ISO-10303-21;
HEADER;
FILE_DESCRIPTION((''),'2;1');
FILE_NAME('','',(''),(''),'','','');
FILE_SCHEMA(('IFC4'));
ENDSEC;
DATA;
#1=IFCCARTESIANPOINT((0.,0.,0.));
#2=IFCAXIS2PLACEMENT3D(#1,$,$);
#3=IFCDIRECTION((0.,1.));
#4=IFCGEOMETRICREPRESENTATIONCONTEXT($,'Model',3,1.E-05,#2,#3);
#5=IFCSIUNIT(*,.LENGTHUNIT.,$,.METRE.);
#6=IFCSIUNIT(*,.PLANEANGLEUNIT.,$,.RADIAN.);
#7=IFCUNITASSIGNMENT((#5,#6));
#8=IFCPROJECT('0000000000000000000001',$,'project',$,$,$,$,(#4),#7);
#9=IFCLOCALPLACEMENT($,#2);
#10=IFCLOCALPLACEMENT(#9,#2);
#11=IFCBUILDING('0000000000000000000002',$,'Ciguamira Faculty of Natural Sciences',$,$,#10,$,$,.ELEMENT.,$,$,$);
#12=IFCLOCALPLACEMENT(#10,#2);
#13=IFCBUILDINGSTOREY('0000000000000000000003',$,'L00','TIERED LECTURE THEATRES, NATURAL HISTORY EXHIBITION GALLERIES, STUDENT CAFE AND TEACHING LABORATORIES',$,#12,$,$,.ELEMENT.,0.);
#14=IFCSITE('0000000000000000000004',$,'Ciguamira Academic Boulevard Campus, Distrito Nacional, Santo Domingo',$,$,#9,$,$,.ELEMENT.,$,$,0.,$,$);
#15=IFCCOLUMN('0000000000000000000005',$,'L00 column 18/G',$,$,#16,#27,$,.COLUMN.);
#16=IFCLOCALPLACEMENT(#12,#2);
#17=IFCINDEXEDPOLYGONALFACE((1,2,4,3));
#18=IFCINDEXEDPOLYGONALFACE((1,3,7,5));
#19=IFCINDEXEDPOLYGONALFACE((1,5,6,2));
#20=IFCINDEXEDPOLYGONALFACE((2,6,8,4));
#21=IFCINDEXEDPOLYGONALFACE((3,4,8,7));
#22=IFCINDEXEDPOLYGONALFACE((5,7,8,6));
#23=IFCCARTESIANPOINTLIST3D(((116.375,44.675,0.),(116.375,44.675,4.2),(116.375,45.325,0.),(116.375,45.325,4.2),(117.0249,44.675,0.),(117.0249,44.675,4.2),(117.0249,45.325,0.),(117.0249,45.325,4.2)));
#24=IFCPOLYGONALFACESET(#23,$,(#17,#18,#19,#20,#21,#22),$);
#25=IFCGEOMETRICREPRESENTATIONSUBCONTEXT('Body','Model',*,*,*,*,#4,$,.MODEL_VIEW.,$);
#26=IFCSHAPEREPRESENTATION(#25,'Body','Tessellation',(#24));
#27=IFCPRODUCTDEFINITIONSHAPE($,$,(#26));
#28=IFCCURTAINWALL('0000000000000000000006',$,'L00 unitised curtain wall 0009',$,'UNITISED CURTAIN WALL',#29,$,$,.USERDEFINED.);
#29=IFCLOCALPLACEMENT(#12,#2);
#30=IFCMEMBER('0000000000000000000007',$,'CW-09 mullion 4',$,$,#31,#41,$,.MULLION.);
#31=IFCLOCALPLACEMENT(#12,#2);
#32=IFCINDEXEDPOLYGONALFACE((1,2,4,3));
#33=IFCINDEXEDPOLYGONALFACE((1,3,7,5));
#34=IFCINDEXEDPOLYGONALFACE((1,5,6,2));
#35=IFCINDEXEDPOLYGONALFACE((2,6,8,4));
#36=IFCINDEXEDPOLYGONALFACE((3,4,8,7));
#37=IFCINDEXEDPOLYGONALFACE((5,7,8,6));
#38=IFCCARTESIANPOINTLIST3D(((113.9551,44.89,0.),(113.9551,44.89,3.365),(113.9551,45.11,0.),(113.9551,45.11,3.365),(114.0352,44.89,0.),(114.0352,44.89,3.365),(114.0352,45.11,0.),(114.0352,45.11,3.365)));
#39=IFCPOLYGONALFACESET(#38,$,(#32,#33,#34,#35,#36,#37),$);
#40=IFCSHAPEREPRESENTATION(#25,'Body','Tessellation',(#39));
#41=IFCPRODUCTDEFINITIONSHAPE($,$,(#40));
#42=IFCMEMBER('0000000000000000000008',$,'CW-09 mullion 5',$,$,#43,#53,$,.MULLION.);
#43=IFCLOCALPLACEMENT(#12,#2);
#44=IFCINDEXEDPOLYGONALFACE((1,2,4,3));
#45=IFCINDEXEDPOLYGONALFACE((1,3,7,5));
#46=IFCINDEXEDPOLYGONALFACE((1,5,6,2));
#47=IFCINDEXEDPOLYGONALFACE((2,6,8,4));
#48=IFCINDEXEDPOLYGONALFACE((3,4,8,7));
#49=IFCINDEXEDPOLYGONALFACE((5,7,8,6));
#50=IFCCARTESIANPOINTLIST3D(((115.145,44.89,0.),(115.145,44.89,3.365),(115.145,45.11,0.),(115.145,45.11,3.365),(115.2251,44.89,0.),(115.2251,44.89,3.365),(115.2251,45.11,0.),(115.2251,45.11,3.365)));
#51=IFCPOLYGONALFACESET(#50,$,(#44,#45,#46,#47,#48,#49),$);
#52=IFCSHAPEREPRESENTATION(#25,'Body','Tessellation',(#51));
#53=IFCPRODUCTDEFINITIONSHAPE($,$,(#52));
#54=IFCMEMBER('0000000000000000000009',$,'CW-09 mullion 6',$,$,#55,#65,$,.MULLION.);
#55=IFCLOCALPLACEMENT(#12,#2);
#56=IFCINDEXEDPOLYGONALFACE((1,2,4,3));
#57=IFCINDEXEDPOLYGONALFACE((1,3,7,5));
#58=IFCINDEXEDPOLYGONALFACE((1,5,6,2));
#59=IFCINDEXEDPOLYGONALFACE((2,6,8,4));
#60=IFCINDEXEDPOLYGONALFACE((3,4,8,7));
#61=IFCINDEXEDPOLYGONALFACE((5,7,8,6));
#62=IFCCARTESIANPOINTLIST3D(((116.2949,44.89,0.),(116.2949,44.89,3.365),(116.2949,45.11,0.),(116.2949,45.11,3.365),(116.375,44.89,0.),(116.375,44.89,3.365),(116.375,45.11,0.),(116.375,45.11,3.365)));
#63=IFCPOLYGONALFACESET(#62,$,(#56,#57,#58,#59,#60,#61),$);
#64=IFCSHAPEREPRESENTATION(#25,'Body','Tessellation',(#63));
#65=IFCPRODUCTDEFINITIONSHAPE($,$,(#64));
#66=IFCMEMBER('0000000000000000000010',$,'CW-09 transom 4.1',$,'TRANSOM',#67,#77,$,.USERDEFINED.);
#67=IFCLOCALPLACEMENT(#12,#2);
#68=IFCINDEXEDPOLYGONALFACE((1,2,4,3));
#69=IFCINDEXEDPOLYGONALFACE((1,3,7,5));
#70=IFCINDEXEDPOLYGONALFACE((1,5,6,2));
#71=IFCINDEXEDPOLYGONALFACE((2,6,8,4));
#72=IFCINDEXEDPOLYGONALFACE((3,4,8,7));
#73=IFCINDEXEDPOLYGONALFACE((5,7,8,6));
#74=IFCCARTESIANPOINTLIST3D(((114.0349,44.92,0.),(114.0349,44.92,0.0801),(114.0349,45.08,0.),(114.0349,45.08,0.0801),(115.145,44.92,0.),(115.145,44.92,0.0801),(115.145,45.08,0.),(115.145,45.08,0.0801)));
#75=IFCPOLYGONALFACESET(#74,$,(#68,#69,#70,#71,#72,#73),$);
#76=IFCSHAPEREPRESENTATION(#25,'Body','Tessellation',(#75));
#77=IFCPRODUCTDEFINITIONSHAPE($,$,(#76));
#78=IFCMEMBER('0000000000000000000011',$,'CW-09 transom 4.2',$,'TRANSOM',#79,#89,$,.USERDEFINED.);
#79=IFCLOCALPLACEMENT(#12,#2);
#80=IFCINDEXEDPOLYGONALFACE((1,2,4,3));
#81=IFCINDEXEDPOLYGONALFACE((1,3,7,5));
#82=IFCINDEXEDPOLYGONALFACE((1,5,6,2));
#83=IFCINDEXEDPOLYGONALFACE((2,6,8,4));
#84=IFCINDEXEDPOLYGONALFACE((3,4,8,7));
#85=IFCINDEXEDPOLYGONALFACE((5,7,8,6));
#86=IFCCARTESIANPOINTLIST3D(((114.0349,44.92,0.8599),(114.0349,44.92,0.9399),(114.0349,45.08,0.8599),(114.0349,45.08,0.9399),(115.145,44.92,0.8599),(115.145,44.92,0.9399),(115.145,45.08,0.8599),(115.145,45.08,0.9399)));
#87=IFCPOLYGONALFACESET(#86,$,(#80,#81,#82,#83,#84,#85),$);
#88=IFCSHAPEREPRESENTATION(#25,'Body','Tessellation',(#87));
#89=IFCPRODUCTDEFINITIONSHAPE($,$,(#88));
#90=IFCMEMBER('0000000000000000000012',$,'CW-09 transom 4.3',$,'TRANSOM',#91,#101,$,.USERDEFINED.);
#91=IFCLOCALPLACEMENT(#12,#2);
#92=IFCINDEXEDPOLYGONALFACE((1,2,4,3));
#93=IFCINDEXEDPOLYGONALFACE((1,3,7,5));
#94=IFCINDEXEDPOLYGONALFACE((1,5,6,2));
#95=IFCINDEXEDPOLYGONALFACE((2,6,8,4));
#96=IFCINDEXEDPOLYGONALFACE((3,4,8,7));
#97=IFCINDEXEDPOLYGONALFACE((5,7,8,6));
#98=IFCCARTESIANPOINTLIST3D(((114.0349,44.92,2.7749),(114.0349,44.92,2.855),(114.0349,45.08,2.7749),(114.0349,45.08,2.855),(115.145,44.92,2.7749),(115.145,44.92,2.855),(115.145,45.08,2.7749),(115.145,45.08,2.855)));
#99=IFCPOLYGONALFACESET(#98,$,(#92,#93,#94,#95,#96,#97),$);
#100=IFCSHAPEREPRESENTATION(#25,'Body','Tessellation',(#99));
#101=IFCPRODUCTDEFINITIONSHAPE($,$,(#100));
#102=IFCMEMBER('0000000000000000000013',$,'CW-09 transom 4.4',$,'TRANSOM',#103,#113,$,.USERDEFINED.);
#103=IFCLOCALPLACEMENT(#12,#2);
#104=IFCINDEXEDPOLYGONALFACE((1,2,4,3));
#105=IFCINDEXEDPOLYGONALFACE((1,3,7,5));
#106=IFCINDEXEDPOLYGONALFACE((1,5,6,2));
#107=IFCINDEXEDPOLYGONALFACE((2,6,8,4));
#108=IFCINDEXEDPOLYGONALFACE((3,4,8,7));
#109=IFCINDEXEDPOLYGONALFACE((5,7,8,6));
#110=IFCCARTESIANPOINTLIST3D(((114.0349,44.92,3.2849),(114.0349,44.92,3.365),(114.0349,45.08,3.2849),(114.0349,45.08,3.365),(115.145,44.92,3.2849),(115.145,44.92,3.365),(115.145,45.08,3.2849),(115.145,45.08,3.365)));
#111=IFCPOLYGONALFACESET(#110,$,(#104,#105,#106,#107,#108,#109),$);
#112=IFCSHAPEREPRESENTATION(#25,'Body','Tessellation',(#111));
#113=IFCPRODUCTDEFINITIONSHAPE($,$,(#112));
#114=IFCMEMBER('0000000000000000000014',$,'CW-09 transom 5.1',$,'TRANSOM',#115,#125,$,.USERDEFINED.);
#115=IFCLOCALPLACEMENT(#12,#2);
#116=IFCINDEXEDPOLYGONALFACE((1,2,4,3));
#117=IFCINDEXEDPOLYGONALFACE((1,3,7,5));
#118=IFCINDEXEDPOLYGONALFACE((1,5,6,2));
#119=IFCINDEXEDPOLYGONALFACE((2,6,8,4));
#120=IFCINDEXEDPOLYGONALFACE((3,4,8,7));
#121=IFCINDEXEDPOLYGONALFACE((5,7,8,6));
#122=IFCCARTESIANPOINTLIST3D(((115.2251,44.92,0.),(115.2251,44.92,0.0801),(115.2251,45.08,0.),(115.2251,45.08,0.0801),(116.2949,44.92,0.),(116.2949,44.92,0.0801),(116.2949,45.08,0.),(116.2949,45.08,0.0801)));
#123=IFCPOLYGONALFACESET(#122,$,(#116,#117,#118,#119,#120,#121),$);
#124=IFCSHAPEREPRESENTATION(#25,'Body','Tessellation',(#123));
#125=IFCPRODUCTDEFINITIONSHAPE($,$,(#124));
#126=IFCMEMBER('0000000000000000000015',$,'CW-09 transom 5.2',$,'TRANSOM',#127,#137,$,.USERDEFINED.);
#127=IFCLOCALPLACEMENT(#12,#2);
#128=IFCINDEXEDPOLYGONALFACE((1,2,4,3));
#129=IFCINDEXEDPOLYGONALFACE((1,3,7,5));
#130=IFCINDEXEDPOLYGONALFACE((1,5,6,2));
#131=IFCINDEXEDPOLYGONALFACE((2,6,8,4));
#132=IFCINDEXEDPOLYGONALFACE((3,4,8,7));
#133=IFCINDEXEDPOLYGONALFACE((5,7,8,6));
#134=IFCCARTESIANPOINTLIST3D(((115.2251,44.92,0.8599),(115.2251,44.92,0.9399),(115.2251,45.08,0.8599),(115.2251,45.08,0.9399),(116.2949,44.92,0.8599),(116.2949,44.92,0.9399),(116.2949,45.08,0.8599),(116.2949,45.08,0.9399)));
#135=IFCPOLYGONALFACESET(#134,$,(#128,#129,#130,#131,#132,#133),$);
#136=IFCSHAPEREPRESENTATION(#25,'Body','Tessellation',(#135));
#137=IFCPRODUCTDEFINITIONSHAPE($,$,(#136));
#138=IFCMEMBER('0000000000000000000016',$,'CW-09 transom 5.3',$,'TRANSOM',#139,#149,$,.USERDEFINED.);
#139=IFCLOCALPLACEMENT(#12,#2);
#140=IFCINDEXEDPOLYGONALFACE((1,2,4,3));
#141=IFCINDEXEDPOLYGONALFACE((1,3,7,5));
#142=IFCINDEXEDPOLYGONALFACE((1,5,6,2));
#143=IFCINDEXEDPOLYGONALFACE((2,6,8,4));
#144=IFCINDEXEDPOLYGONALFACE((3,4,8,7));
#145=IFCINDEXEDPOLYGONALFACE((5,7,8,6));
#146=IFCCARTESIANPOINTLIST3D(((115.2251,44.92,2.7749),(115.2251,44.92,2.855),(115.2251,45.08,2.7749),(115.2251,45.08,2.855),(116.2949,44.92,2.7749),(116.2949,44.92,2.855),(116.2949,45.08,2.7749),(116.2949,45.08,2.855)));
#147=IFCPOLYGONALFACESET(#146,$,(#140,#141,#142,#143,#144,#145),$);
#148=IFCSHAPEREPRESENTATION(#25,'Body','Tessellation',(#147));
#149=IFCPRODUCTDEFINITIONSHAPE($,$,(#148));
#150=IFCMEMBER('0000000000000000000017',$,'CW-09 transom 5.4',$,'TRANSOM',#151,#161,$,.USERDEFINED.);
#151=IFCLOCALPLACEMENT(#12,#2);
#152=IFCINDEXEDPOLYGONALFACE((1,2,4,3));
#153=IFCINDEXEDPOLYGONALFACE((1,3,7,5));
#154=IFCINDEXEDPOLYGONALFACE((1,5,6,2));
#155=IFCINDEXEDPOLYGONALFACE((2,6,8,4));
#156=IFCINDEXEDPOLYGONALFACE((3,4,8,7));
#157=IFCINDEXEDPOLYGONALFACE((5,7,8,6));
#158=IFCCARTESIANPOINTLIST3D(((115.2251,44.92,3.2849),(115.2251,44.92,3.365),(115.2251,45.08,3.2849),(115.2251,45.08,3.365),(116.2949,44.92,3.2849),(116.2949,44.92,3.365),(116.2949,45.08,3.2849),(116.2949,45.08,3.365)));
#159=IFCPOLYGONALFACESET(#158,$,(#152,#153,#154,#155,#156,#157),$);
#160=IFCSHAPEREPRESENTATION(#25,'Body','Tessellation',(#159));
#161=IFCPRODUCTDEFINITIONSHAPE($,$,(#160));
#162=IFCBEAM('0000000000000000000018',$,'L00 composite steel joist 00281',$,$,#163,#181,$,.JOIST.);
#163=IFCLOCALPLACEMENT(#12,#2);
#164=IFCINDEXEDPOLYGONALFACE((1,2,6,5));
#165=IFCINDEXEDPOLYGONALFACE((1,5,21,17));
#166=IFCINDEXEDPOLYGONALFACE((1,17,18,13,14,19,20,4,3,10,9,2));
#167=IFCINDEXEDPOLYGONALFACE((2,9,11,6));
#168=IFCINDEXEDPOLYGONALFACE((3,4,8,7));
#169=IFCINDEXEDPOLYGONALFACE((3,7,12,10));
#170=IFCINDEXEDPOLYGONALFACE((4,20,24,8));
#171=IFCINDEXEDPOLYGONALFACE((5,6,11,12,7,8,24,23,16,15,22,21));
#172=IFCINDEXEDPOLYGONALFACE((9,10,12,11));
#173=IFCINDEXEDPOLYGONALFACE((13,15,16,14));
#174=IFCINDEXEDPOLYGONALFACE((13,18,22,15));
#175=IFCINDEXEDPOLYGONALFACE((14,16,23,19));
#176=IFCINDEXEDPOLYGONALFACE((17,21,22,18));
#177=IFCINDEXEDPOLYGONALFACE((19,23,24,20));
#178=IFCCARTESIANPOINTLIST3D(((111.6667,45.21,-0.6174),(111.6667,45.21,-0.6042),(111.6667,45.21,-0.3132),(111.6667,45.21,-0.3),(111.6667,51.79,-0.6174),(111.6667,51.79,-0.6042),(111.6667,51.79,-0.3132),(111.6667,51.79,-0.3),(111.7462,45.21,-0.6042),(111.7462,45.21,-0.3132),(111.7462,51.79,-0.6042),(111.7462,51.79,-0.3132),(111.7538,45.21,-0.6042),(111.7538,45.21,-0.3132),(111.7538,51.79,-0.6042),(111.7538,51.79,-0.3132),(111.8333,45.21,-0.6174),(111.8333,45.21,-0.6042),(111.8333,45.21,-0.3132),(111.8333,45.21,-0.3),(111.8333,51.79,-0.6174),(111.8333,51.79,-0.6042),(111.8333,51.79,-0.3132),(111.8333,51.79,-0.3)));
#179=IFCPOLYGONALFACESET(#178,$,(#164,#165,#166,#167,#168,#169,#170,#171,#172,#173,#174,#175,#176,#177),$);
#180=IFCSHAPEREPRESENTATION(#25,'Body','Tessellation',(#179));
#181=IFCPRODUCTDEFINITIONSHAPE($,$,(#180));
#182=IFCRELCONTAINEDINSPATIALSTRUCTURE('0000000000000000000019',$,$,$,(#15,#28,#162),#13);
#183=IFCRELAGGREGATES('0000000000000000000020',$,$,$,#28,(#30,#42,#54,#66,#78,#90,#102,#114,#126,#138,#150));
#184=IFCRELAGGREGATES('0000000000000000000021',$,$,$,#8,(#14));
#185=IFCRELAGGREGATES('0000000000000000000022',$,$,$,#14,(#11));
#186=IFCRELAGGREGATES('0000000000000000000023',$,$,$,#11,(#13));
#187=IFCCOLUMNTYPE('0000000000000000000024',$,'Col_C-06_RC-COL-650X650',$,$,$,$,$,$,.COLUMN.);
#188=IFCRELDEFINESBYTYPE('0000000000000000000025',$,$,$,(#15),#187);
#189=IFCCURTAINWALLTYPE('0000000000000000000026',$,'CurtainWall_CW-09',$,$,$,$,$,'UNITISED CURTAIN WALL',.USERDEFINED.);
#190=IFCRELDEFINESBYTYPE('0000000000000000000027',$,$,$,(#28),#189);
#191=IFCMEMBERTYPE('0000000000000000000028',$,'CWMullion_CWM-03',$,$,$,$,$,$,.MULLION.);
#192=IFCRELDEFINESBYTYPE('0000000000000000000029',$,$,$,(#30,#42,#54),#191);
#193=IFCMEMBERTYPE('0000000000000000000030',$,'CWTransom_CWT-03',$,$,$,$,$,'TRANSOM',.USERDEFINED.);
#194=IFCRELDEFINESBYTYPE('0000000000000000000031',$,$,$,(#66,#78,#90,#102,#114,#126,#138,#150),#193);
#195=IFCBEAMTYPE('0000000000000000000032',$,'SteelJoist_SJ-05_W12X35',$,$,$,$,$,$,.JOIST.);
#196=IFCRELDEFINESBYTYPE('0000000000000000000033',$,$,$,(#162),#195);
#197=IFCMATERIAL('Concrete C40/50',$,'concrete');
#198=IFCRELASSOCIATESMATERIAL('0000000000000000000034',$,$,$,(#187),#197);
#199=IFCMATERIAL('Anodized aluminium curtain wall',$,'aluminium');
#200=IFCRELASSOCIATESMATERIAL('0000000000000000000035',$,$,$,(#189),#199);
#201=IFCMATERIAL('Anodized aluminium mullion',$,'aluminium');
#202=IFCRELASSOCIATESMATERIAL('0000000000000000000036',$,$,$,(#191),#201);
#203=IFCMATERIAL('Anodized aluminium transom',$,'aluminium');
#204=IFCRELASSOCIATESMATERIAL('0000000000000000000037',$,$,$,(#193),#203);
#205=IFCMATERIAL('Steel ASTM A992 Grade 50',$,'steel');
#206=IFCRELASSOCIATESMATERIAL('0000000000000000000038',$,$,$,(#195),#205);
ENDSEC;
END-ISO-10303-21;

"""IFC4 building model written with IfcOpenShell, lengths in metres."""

from ifc_helpers import new_model, si_unit, direction, frame, origin, origin_2d, place, context, subcontext, project, spatial, rectangle, i_section, extrude, material, material_profile, profile_set, type_object, element, aggregate, save


model = new_model("IFC4")

# Units and contexts
model_context = context("Model", 3, precision=1e-05, world=origin(), true_north=direction((0.0, 1.0)))
body_context = subcontext(model_context, "Body", "Model", "MODEL_VIEW")
ifc_project = project(units=[si_unit("LENGTHUNIT", "METRE"), si_unit("PLANEANGLEUNIT", "RADIAN")], contexts=[model_context])

# Site, building, storey
site_placement = place(None, origin())
site = spatial("IfcSite", under=ifc_project, at=site_placement, Name="Ciguamira Academic Boulevard Campus, Distrito Nacional, Santo Domingo", CompositionType="ELEMENT", RefElevation=0.0)
building_placement = place(site_placement, origin())
building = spatial("IfcBuilding", under=site, at=building_placement, Name="Ciguamira Faculty of Natural Sciences", CompositionType="ELEMENT")
storey_placement = place(building_placement, origin())
storey = spatial("IfcBuildingStorey", under=building, at=storey_placement, Name="L00", Description="TIERED LECTURE THEATRES, NATURAL HISTORY EXHIBITION GALLERIES, STUDENT CAFE AND TEACHING LABORATORIES", CompositionType="ELEMENT", Elevation=0.0)

# Column
ifc_material_1 = material(Name="Concrete C40/50", Category="concrete")
ifc_material_profile_1 = material_profile(ifc_material_1, rectangle(XDim=0.6499, YDim=0.6499, at=origin_2d()), Name="RC-COL-650X650")
ifc_profile_set_1 = profile_set([ifc_material_profile_1], Name="Concrete C40/50")
column_type = type_object("IfcColumnType", Name="Col_C-06_RC-COL-650X650", PredefinedType="COLUMN", material=ifc_profile_set_1)
column_placement = place(storey_placement, frame((116.7, 45.0, 0.0), z_axis=(0.0, 0.0, 1.0), x_axis=(1.0, 0.0, 0.0)))
element("IfcColumn", 1, at=column_placement, inside=storey, type_object=column_type, Name="L00 column 18/G", PredefinedType="COLUMN", context=body_context, shape_type="SweptSolid", body=[
    extrude(rectangle(XDim=0.6499, YDim=0.6499, at=origin_2d()), origin(), (0.0, 0.0, 1.0), 4.2),
])

# Curtain wall, members
ifc_material_2 = material(Name="Anodized aluminium curtain wall", Category="aluminium")
curtain_wall_type = type_object("IfcCurtainWallType", Name="CurtainWall_CW-09", ElementType="UNITISED CURTAIN WALL", PredefinedType="USERDEFINED", material=ifc_material_2)
curtain_wall_placement = place(storey_placement, origin())
curtain_wall = element("IfcCurtainWall", 2, at=curtain_wall_placement, inside=storey, type_object=curtain_wall_type, Name="L00 unitised curtain wall 0009", ObjectType="UNITISED CURTAIN WALL", PredefinedType="USERDEFINED")
ifc_material_3 = material(Name="Anodized aluminium mullion", Category="aluminium")
ifc_material_profile_2 = material_profile(ifc_material_3, rectangle(XDim=0.0801, YDim=0.22, at=origin_2d()), Name="ALU-MUL-80X220")
ifc_profile_set_2 = profile_set([ifc_material_profile_2], Name="Anodized aluminium mullion")
member_type_1 = type_object("IfcMemberType", Name="CWMullion_CWM-03", PredefinedType="MULLION", material=ifc_profile_set_2)
member_1_placement = place(storey_placement, frame((113.9951, 45.0, 0.0), z_axis=(0.0, 0.0, 1.0), x_axis=(1.0, 0.0, 0.0)))
member_1 = element("IfcMember", 3, at=member_1_placement, type_object=member_type_1, Name="CW-09 mullion 4", PredefinedType="MULLION", context=body_context, shape_type="SweptSolid", body=[
    extrude(rectangle(XDim=0.0801, YDim=0.22, at=origin_2d()), origin(), (0.0, 0.0, 1.0), 3.365),
])
member_2_placement = place(storey_placement, frame((115.1851, 45.0, 0.0), z_axis=(0.0, 0.0, 1.0), x_axis=(1.0, 0.0, 0.0)))
member_2 = element("IfcMember", 4, at=member_2_placement, type_object=member_type_1, Name="CW-09 mullion 5", PredefinedType="MULLION", context=body_context, shape_type="SweptSolid", body=[
    extrude(rectangle(XDim=0.0801, YDim=0.22, at=origin_2d()), origin(), (0.0, 0.0, 1.0), 3.365),
])
member_3_placement = place(storey_placement, frame((116.335, 45.0, 0.0), z_axis=(0.0, 0.0, 1.0), x_axis=(1.0, 0.0, 0.0)))
member_3 = element("IfcMember", 5, at=member_3_placement, type_object=member_type_1, Name="CW-09 mullion 6", PredefinedType="MULLION", context=body_context, shape_type="SweptSolid", body=[
    extrude(rectangle(XDim=0.0801, YDim=0.22, at=origin_2d()), origin(), (0.0, 0.0, 1.0), 3.365),
])
ifc_material_4 = material(Name="Anodized aluminium transom", Category="aluminium")
ifc_material_profile_3 = material_profile(ifc_material_4, rectangle(XDim=0.0801, YDim=0.1599, at=origin_2d()), Name="ALU-TRN-80X160")
ifc_profile_set_3 = profile_set([ifc_material_profile_3], Name="Anodized aluminium transom")
member_type_2 = type_object("IfcMemberType", Name="CWTransom_CWT-03", ElementType="TRANSOM", PredefinedType="USERDEFINED", material=ifc_profile_set_3)
member_4_placement = place(storey_placement, frame((114.0349, 45.0, 0.04), z_axis=(1.0, 0.0, 0.0), x_axis=(0.0, 0.0, 1.0)))
member_4 = element("IfcMember", 6, at=member_4_placement, type_object=member_type_2, Name="CW-09 transom 4.1", ObjectType="TRANSOM", PredefinedType="USERDEFINED", context=body_context, shape_type="SweptSolid", body=[
    extrude(rectangle(XDim=0.0801, YDim=0.1599, at=origin_2d()), origin(), (0.0, 0.0, 1.0), 1.1101),
])
member_5_placement = place(storey_placement, frame((114.0349, 45.0, 0.8999), z_axis=(1.0, 0.0, 0.0), x_axis=(0.0, 0.0, 1.0)))
member_5 = element("IfcMember", 7, at=member_5_placement, type_object=member_type_2, Name="CW-09 transom 4.2", ObjectType="TRANSOM", PredefinedType="USERDEFINED", context=body_context, shape_type="SweptSolid", body=[
    extrude(rectangle(XDim=0.0801, YDim=0.1599, at=origin_2d()), origin(), (0.0, 0.0, 1.0), 1.1101),
])
member_6_placement = place(storey_placement, frame((114.0349, 45.0, 2.8149), z_axis=(1.0, 0.0, 0.0), x_axis=(0.0, 0.0, 1.0)))
member_6 = element("IfcMember", 8, at=member_6_placement, type_object=member_type_2, Name="CW-09 transom 4.3", ObjectType="TRANSOM", PredefinedType="USERDEFINED", context=body_context, shape_type="SweptSolid", body=[
    extrude(rectangle(XDim=0.0801, YDim=0.1599, at=origin_2d()), origin(), (0.0, 0.0, 1.0), 1.1101),
])
member_7_placement = place(storey_placement, frame((114.0349, 45.0, 3.325), z_axis=(1.0, 0.0, 0.0), x_axis=(0.0, 0.0, 1.0)))
member_7 = element("IfcMember", 9, at=member_7_placement, type_object=member_type_2, Name="CW-09 transom 4.4", ObjectType="TRANSOM", PredefinedType="USERDEFINED", context=body_context, shape_type="SweptSolid", body=[
    extrude(rectangle(XDim=0.0801, YDim=0.1599, at=origin_2d()), origin(), (0.0, 0.0, 1.0), 1.1101),
])
member_8_placement = place(storey_placement, frame((115.2251, 45.0, 0.04), z_axis=(1.0, 0.0, 0.0), x_axis=(0.0, 0.0, 1.0)))
member_8 = element("IfcMember", 10, at=member_8_placement, type_object=member_type_2, Name="CW-09 transom 5.1", ObjectType="TRANSOM", PredefinedType="USERDEFINED", context=body_context, shape_type="SweptSolid", body=[
    extrude(rectangle(XDim=0.0801, YDim=0.1599, at=origin_2d()), origin(), (0.0, 0.0, 1.0), 1.0698),
])
member_9_placement = place(storey_placement, frame((115.2251, 45.0, 0.8999), z_axis=(1.0, 0.0, 0.0), x_axis=(0.0, 0.0, 1.0)))
member_9 = element("IfcMember", 11, at=member_9_placement, type_object=member_type_2, Name="CW-09 transom 5.2", ObjectType="TRANSOM", PredefinedType="USERDEFINED", context=body_context, shape_type="SweptSolid", body=[
    extrude(rectangle(XDim=0.0801, YDim=0.1599, at=origin_2d()), origin(), (0.0, 0.0, 1.0), 1.0698),
])
member_10_placement = place(storey_placement, frame((115.2251, 45.0, 2.8149), z_axis=(1.0, 0.0, 0.0), x_axis=(0.0, 0.0, 1.0)))
member_10 = element("IfcMember", 12, at=member_10_placement, type_object=member_type_2, Name="CW-09 transom 5.3", ObjectType="TRANSOM", PredefinedType="USERDEFINED", context=body_context, shape_type="SweptSolid", body=[
    extrude(rectangle(XDim=0.0801, YDim=0.1599, at=origin_2d()), origin(), (0.0, 0.0, 1.0), 1.0698),
])
member_11_placement = place(storey_placement, frame((115.2251, 45.0, 3.325), z_axis=(1.0, 0.0, 0.0), x_axis=(0.0, 0.0, 1.0)))
member_11 = element("IfcMember", 13, at=member_11_placement, type_object=member_type_2, Name="CW-09 transom 5.4", ObjectType="TRANSOM", PredefinedType="USERDEFINED", context=body_context, shape_type="SweptSolid", body=[
    extrude(rectangle(XDim=0.0801, YDim=0.1599, at=origin_2d()), origin(), (0.0, 0.0, 1.0), 1.0698),
])

# Beam
ifc_material_5 = material(Name="Steel ASTM A992 Grade 50", Category="steel")
ifc_material_profile_4 = material_profile(ifc_material_5, i_section(OverallWidth=0.1665, OverallDepth=0.3174, WebThickness=0.0076, FlangeThickness=0.0132, at=origin_2d()), Name="W12X35")
ifc_profile_set_4 = profile_set([ifc_material_profile_4], Name="Steel ASTM A992 Grade 50")
beam_type = type_object("IfcBeamType", Name="SteelJoist_SJ-05_W12X35", PredefinedType="JOIST", material=ifc_profile_set_4)
beam_placement = place(storey_placement, frame((111.75, 45.21, -0.4587), z_axis=(0.0, 1.0, 0.0), x_axis=(-1.0, 0.0, 0.0)))
element("IfcBeam", 14, at=beam_placement, inside=storey, type_object=beam_type, Name="L00 composite steel joist 00281", PredefinedType="JOIST", context=body_context, shape_type="SweptSolid", body=[
    extrude(i_section(OverallWidth=0.1665, OverallDepth=0.3174, WebThickness=0.0076, FlangeThickness=0.0132, at=origin_2d()), origin(), (0.0, 0.0, 1.0), 6.5801),
])

aggregate(curtain_wall, [member_1, member_2, member_3, member_4, member_5, member_6, member_7, member_8, member_9, member_10, member_11])

save(model, "model.ifc")
